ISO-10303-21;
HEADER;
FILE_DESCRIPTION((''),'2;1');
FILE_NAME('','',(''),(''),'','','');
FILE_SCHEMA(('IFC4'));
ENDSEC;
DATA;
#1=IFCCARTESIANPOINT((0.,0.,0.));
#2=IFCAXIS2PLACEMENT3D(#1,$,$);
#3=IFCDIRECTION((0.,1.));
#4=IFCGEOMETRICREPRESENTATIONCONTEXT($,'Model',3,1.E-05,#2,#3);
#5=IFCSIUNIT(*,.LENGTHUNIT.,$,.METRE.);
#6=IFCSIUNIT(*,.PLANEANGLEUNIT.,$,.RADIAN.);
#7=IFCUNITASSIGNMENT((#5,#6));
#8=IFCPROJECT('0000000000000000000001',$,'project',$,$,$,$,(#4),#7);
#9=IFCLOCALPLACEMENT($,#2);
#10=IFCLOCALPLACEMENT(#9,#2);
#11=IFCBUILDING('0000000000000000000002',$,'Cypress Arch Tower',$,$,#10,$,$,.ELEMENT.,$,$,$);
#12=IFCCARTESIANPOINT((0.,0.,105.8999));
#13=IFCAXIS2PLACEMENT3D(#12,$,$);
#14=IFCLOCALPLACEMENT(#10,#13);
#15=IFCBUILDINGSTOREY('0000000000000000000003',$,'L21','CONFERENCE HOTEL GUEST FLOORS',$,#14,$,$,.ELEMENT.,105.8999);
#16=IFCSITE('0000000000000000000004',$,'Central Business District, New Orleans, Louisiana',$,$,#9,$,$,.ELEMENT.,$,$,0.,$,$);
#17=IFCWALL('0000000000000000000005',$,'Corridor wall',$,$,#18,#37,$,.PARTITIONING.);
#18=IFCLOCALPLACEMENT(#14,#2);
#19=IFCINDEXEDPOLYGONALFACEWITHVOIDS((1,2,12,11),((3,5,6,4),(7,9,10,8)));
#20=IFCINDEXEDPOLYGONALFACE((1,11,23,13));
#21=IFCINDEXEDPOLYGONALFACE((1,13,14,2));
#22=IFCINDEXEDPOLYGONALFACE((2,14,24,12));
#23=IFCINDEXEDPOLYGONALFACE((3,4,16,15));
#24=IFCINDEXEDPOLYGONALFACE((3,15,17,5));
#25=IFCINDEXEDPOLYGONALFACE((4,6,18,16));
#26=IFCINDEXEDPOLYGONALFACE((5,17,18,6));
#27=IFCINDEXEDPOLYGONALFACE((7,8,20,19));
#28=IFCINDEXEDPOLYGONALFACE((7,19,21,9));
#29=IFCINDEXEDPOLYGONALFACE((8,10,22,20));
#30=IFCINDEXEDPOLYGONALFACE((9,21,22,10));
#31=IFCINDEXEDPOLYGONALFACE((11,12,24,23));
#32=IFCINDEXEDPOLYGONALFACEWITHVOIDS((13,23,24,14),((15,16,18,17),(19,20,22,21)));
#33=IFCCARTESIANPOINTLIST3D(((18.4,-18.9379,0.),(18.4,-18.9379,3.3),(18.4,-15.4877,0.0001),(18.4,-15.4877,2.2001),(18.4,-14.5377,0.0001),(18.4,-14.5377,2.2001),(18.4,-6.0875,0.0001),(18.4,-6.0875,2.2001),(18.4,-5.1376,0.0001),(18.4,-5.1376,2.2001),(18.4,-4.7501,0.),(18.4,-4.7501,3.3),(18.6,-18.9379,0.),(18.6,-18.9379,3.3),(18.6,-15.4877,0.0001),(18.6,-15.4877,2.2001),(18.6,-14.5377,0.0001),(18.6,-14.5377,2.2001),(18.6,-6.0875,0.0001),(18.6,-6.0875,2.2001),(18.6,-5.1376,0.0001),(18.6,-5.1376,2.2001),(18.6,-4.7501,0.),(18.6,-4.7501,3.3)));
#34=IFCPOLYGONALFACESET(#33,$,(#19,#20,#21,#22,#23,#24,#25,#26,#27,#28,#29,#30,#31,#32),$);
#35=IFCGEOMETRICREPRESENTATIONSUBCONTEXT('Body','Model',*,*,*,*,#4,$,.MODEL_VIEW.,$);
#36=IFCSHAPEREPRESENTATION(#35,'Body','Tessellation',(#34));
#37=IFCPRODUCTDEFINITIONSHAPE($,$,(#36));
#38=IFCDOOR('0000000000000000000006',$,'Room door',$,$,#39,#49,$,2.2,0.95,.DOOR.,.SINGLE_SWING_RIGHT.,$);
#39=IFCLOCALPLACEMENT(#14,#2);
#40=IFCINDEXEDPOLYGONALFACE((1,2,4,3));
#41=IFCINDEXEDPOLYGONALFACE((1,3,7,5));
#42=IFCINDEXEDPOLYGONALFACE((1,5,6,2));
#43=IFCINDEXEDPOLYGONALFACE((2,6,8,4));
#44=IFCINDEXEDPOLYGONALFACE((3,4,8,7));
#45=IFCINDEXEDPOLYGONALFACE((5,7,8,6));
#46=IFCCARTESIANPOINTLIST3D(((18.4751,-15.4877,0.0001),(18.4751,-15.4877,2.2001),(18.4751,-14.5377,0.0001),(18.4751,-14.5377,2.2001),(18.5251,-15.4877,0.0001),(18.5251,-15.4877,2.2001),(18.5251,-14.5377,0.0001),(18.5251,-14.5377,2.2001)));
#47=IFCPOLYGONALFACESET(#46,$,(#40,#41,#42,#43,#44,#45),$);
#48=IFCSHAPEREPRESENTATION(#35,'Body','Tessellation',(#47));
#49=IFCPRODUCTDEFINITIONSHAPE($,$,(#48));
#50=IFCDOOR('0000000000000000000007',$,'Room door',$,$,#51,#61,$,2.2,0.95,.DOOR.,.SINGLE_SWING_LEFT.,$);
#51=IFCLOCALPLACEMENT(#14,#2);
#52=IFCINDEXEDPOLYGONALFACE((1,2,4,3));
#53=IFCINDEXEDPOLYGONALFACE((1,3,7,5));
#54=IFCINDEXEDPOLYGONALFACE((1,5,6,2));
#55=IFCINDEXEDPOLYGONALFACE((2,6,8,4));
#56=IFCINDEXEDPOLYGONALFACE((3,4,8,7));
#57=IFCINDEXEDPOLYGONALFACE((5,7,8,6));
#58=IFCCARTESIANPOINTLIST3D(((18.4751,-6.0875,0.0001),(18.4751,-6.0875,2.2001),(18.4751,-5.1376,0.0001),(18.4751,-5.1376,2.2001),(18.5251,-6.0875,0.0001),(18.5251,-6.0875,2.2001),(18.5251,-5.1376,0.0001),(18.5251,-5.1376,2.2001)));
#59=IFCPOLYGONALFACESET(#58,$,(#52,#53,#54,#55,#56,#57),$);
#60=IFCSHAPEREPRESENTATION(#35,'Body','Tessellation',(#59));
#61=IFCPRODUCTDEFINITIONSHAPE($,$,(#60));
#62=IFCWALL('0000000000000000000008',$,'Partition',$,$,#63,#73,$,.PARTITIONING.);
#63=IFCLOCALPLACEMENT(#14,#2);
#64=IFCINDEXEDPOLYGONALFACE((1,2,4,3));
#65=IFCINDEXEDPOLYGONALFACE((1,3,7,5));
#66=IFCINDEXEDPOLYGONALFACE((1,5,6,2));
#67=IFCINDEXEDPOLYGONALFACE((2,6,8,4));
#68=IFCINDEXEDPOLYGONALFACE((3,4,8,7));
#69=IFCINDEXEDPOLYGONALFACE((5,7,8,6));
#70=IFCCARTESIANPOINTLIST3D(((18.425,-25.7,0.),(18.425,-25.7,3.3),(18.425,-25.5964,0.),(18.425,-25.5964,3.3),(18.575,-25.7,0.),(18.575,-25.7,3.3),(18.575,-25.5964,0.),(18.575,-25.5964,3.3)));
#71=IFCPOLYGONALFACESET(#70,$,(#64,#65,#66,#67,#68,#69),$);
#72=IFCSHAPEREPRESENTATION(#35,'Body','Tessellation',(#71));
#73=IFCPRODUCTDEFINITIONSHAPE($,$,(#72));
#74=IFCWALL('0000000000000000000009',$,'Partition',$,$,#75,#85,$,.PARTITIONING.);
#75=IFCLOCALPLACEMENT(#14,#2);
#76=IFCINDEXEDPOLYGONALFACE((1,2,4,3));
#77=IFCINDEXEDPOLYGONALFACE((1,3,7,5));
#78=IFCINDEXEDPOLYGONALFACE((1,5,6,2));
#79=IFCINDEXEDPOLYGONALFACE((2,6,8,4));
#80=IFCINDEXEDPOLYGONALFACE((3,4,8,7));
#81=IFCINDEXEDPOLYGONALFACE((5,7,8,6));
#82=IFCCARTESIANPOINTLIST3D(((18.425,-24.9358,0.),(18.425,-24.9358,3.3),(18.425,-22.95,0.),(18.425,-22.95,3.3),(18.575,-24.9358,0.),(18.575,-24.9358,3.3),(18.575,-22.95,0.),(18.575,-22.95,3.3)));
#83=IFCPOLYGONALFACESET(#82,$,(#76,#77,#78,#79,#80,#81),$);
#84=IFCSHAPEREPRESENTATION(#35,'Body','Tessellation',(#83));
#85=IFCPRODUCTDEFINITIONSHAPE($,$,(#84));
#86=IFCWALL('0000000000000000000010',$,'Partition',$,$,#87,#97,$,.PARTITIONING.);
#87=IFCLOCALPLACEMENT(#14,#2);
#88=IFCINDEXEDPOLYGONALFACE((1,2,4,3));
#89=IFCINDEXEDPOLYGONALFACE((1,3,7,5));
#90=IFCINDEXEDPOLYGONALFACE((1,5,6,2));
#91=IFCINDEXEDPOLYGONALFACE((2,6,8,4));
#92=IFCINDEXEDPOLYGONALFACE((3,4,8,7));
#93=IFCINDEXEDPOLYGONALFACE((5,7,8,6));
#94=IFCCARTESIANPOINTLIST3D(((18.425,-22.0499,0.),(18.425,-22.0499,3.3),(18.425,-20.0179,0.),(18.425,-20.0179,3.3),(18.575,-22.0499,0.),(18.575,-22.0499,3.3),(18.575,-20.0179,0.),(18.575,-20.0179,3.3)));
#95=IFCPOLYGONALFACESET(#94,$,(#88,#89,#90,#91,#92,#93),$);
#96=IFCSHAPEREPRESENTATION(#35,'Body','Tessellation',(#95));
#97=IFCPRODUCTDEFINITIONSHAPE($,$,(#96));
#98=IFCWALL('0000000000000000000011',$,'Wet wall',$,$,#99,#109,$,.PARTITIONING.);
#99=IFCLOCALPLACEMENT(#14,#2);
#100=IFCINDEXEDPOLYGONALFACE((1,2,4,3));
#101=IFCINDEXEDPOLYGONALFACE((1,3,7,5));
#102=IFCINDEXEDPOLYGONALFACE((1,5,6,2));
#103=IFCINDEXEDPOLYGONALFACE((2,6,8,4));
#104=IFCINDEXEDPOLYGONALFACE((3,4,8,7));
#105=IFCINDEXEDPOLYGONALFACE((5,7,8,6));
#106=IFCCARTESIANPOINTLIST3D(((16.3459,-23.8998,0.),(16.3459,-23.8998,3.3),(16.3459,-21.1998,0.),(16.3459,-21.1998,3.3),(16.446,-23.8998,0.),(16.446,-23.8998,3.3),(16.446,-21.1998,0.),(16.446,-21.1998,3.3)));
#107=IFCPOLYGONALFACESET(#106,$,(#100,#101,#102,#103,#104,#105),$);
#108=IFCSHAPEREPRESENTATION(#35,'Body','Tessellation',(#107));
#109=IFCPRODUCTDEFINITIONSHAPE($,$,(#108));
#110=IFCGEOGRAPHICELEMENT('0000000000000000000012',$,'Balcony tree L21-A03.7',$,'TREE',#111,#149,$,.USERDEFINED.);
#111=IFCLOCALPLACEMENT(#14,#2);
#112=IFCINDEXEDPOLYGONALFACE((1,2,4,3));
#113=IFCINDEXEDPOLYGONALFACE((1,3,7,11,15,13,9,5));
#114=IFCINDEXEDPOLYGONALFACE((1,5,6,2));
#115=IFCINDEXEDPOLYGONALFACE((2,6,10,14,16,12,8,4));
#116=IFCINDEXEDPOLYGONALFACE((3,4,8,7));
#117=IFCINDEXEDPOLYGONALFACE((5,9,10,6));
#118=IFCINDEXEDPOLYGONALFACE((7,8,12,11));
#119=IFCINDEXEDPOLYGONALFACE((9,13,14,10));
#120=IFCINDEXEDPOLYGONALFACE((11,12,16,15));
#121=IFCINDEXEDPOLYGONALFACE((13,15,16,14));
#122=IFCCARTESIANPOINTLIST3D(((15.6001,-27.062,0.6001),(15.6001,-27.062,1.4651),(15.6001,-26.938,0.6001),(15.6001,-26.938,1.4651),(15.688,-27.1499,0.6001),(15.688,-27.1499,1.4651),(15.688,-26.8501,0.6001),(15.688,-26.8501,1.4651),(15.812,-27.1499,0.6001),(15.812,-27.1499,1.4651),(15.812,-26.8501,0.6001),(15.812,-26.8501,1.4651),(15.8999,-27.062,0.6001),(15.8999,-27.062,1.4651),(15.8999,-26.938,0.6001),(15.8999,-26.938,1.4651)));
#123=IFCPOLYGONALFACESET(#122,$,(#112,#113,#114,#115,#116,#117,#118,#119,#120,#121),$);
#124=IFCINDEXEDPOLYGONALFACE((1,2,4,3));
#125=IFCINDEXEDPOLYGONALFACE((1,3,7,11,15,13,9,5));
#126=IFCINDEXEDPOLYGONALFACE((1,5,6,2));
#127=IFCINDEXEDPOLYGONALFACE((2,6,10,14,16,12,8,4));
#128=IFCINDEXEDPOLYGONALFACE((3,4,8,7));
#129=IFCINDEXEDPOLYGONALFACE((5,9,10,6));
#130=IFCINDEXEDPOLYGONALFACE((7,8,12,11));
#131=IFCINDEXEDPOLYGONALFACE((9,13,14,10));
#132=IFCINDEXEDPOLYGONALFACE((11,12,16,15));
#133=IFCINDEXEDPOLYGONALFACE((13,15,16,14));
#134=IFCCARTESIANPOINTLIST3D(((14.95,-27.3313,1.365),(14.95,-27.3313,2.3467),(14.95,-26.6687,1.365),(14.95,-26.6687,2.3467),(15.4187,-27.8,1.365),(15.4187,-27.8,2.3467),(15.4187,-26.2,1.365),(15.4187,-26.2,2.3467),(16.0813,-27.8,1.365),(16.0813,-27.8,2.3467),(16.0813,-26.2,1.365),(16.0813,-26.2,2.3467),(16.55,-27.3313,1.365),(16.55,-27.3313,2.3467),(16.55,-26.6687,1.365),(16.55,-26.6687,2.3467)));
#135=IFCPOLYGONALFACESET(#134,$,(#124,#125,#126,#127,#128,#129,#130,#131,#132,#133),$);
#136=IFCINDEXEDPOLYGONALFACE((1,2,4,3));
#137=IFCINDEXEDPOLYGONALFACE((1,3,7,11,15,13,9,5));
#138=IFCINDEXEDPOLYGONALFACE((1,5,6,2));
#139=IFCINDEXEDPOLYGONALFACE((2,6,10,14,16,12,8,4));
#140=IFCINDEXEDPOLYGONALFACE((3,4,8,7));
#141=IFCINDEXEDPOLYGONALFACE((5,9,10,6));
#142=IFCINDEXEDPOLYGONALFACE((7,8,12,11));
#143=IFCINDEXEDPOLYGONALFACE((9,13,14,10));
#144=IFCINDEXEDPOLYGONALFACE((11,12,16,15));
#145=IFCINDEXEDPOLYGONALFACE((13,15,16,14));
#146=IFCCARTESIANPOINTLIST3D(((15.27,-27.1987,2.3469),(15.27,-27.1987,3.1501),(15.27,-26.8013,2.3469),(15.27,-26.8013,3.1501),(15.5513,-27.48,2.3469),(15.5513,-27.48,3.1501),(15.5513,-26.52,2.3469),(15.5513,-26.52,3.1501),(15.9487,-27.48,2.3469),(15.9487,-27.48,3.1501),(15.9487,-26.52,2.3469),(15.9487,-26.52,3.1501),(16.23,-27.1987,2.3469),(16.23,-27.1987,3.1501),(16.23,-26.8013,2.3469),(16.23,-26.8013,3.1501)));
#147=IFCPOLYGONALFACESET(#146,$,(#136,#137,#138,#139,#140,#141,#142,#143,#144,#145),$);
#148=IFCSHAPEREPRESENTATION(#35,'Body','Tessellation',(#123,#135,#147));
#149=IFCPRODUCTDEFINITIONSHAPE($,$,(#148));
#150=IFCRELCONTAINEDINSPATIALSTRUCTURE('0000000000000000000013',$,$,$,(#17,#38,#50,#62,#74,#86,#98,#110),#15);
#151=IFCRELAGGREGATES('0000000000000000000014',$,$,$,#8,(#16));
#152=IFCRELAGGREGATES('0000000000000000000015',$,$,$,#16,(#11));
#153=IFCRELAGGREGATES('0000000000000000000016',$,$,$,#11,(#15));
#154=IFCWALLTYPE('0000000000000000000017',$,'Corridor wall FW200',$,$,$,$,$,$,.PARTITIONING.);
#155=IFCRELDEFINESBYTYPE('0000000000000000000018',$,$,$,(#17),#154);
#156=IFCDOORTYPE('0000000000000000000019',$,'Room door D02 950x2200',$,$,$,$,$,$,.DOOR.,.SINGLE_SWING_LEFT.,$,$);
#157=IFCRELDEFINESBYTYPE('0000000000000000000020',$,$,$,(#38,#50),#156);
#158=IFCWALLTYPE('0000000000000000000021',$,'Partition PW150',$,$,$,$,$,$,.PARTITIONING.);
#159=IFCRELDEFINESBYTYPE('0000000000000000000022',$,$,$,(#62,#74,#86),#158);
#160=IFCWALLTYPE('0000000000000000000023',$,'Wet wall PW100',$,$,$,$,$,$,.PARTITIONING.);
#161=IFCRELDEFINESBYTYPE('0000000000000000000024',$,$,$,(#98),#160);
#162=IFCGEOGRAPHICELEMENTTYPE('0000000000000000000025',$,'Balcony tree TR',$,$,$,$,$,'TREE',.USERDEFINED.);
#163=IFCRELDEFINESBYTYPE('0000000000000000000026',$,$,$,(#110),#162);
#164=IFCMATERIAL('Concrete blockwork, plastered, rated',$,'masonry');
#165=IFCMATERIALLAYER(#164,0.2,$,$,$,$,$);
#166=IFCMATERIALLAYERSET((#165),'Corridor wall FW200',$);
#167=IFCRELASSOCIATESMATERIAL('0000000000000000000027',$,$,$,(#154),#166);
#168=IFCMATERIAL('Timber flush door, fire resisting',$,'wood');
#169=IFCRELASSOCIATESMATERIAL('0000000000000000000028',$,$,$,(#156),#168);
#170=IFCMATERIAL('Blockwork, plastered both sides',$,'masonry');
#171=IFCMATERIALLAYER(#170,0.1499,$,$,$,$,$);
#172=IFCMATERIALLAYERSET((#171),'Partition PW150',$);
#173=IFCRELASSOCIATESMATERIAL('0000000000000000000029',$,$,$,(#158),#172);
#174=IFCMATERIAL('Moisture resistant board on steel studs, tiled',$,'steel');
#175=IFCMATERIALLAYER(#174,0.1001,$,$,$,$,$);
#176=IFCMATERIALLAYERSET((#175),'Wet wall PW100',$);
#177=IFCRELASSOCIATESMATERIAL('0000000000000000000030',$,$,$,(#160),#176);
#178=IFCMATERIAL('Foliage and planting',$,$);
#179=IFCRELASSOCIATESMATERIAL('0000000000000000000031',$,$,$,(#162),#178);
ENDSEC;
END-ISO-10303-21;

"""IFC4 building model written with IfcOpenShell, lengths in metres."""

from ifc_helpers import new_model, si_unit, direction, frame, frame_2d, origin, place, context, subcontext, project, spatial, polyline, rectangle, outline, extrude, material, layer, layer_set, type_object, element, fill, save


model = new_model("IFC4")

# Units and contexts
model_context = context("Model", 3, precision=1e-05, world=origin(), true_north=direction((0.0, 1.0)))
body_context = subcontext(model_context, "Body", "Model", "MODEL_VIEW")
ifc_project = project(units=[si_unit("LENGTHUNIT", "METRE"), si_unit("PLANEANGLEUNIT", "RADIAN")], contexts=[model_context])

# Site, building, storey
site_placement = place(None, origin())
site = spatial("IfcSite", under=ifc_project, at=site_placement, Name="Central Business District, New Orleans, Louisiana", CompositionType="ELEMENT", RefElevation=0.0)
building_placement = place(site_placement, origin())
building = spatial("IfcBuilding", under=site, at=building_placement, Name="Cypress Arch Tower", CompositionType="ELEMENT")
storey_placement = place(building_placement, frame((0.0, 0.0, 105.8999)))
storey = spatial("IfcBuildingStorey", under=building, at=storey_placement, Name="L21", Description="CONFERENCE HOTEL GUEST FLOORS", CompositionType="ELEMENT", Elevation=105.8999)

# Shared definitions
ifc_material_1 = material(Name="Concrete blockwork, plastered, rated", Category="masonry")
ifc_layer_1 = layer(ifc_material_1, 0.2)
ifc_layer_set_1 = layer_set([ifc_layer_1], Name="Corridor wall FW200")
wall_type_1 = type_object("IfcWallType", Name="Corridor wall FW200", PredefinedType="PARTITIONING", material=ifc_layer_set_1)

# Wall, openings, doors
wall_1_placement = place(storey_placement, frame((18.5, -18.9377, 0.0), z_axis=(0.0, 0.0, 1.0), x_axis=(0.0, 1.0, 0.0)))
wall_1 = element("IfcWall", 1, at=wall_1_placement, inside=storey, type_object=wall_type_1, Name="Corridor wall", PredefinedType="PARTITIONING", context=body_context, shape_type="SweptSolid", body=[
    extrude(rectangle(XDim=14.1877, YDim=0.2, at=frame_2d((7.0938, 0.0))), origin(), (0.0, 0.0, 1.0), 3.3),
])
opening_1_placement = place(wall_1_placement, frame((3.45, 0.0, 0.0)))
opening_1 = element("IfcOpeningElement", 2, at=opening_1_placement, cuts=wall_1, PredefinedType="OPENING", context=body_context, shape_type="SweptSolid", body=[
    extrude(rectangle(XDim=0.95, YDim=2.2, at=frame_2d((0.4751, 1.1001))), frame((0.0, 0.1099, 0.0), z_axis=(0.0, -1.0, 0.0), x_axis=(1.0, 0.0, 0.0)), (0.0, 0.0, 1.0), 0.22),
])
opening_2_placement = place(wall_1_placement, frame((12.8501, 0.0, 0.0)))
opening_2 = element("IfcOpeningElement", 3, at=opening_2_placement, cuts=wall_1, PredefinedType="OPENING", context=body_context, shape_type="SweptSolid", body=[
    extrude(rectangle(XDim=0.95, YDim=2.2, at=frame_2d((0.4751, 1.1001))), frame((0.0, 0.1099, 0.0), z_axis=(0.0, -1.0, 0.0), x_axis=(1.0, 0.0, 0.0)), (0.0, 0.0, 1.0), 0.22),
])
ifc_material_2 = material(Name="Timber flush door, fire resisting", Category="wood")
door_type = type_object("IfcDoorType", Name="Room door D02 950x2200", OperationType="SINGLE_SWING_LEFT", PredefinedType="DOOR", material=ifc_material_2)
door_1_placement = place(opening_1_placement, origin())
door_1 = element("IfcDoor", 4, at=door_1_placement, inside=storey, type_object=door_type, Name="Room door", OperationType="SINGLE_SWING_RIGHT", OverallHeight=2.2, OverallWidth=0.95, PredefinedType="DOOR", context=body_context, shape_type="SweptSolid", body=[
    extrude(rectangle(XDim=0.95, YDim=2.2, at=frame_2d((0.4751, 1.1001))), frame((0.0, 0.0249, 0.0), z_axis=(0.0, -1.0, 0.0), x_axis=(1.0, 0.0, 0.0)), (0.0, 0.0, 1.0), 0.05),
])
fill(opening_1, door_1)
door_2_placement = place(opening_2_placement, origin())
door_2 = element("IfcDoor", 5, at=door_2_placement, inside=storey, type_object=door_type, Name="Room door", OperationType="SINGLE_SWING_LEFT", OverallHeight=2.2, OverallWidth=0.95, PredefinedType="DOOR", context=body_context, shape_type="SweptSolid", body=[
    extrude(rectangle(XDim=0.95, YDim=2.2, at=frame_2d((0.4751, 1.1001))), frame((0.0, 0.0249, 0.0), z_axis=(0.0, -1.0, 0.0), x_axis=(1.0, 0.0, 0.0)), (0.0, 0.0, 1.0), 0.05),
])
fill(opening_2, door_2)

# Walls
ifc_material_3 = material(Name="Blockwork, plastered both sides", Category="masonry")
ifc_layer_2 = layer(ifc_material_3, 0.1499)
ifc_layer_set_2 = layer_set([ifc_layer_2], Name="Partition PW150")
wall_type_2 = type_object("IfcWallType", Name="Partition PW150", PredefinedType="PARTITIONING", material=ifc_layer_set_2)
wall_2_placement = place(storey_placement, frame((18.5, -25.7, 0.0), z_axis=(0.0, 0.0, 1.0), x_axis=(0.0, 1.0, 0.0)))
element("IfcWall", 6, at=wall_2_placement, inside=storey, type_object=wall_type_2, Name="Partition", PredefinedType="PARTITIONING", context=body_context, shape_type="SweptSolid", body=[
    extrude(rectangle(XDim=0.1035, YDim=0.1499, at=frame_2d((0.0518, 0.0))), origin(), (0.0, 0.0, 1.0), 3.3),
])
wall_3_placement = place(storey_placement, frame((18.5, -24.9358, 0.0), z_axis=(0.0, 0.0, 1.0), x_axis=(0.0, 1.0, 0.0)))
element("IfcWall", 7, at=wall_3_placement, inside=storey, type_object=wall_type_2, Name="Partition", PredefinedType="PARTITIONING", context=body_context, shape_type="SweptSolid", body=[
    extrude(rectangle(XDim=1.9858, YDim=0.1499, at=frame_2d((0.9929, 0.0))), origin(), (0.0, 0.0, 1.0), 3.3),
])
wall_4_placement = place(storey_placement, frame((18.5, -22.05, 0.0), z_axis=(0.0, 0.0, 1.0), x_axis=(0.0, 1.0, 0.0)))
element("IfcWall", 8, at=wall_4_placement, inside=storey, type_object=wall_type_2, Name="Partition", PredefinedType="PARTITIONING", context=body_context, shape_type="SweptSolid", body=[
    extrude(rectangle(XDim=2.032, YDim=0.1499, at=frame_2d((1.0161, 0.0))), origin(), (0.0, 0.0, 1.0), 3.3),
])
ifc_material_4 = material(Name="Moisture resistant board on steel studs, tiled", Category="steel")
ifc_layer_3 = layer(ifc_material_4, 0.1001)
ifc_layer_set_3 = layer_set([ifc_layer_3], Name="Wet wall PW100")
wall_type_3 = type_object("IfcWallType", Name="Wet wall PW100", PredefinedType="PARTITIONING", material=ifc_layer_set_3)
wall_5_placement = place(storey_placement, frame((16.396, -23.8999, 0.0), z_axis=(0.0, 0.0, 1.0), x_axis=(0.0, 1.0, 0.0)))
element("IfcWall", 9, at=wall_5_placement, inside=storey, type_object=wall_type_3, Name="Wet wall", PredefinedType="PARTITIONING", context=body_context, shape_type="SweptSolid", body=[
    extrude(rectangle(XDim=2.7, YDim=0.1001, at=frame_2d((1.3501, 0.0))), origin(), (0.0, 0.0, 1.0), 3.3),
])

# Geographic element
ifc_material_5 = material(Name="Foliage and planting")
geographic_element_type = type_object("IfcGeographicElementType", Name="Balcony tree TR", ElementType="TREE", PredefinedType="USERDEFINED", material=ifc_material_5)
geographic_element_placement = place(storey_placement, frame((15.75, -27.0, 0.6001), z_axis=(0.0, 0.0, 1.0), x_axis=(1.0, 0.0, 0.0)))
element("IfcGeographicElement", 10, at=geographic_element_placement, inside=storey, type_object=geographic_element_type, Name="Balcony tree L21-A03.7", ObjectType="TREE", PredefinedType="USERDEFINED", context=body_context, shape_type="SweptSolid", body=[
    extrude(outline(polyline([(0.1499, 0.062), (0.062, 0.1499), (-0.062, 0.1499), (-0.1499, 0.062), (-0.1499, -0.062), (-0.062, -0.1499), (0.062, -0.1499), (0.1499, -0.062), (0.1499, 0.062)])), origin(), (0.0, 0.0, 1.0), 0.865),
    extrude(outline(polyline([(0.8, 0.3313), (0.3313, 0.8), (-0.3313, 0.8), (-0.8, 0.3313), (-0.8, -0.3313), (-0.3313, -0.8), (0.3313, -0.8), (0.8, -0.3313), (0.8, 0.3313)])), frame((0.0, 0.0, 0.7649)), (0.0, 0.0, 1.0), 0.9817),
    extrude(outline(polyline([(0.48, 0.1987), (0.1987, 0.48), (-0.1987, 0.48), (-0.48, 0.1987), (-0.48, -0.1987), (-0.1987, -0.48), (0.1987, -0.48), (0.48, -0.1987), (0.48, 0.1987)])), frame((0.0, 0.0, 1.7468)), (0.0, 0.0, 1.0), 0.8032),
])

save(model, "model.ifc")
